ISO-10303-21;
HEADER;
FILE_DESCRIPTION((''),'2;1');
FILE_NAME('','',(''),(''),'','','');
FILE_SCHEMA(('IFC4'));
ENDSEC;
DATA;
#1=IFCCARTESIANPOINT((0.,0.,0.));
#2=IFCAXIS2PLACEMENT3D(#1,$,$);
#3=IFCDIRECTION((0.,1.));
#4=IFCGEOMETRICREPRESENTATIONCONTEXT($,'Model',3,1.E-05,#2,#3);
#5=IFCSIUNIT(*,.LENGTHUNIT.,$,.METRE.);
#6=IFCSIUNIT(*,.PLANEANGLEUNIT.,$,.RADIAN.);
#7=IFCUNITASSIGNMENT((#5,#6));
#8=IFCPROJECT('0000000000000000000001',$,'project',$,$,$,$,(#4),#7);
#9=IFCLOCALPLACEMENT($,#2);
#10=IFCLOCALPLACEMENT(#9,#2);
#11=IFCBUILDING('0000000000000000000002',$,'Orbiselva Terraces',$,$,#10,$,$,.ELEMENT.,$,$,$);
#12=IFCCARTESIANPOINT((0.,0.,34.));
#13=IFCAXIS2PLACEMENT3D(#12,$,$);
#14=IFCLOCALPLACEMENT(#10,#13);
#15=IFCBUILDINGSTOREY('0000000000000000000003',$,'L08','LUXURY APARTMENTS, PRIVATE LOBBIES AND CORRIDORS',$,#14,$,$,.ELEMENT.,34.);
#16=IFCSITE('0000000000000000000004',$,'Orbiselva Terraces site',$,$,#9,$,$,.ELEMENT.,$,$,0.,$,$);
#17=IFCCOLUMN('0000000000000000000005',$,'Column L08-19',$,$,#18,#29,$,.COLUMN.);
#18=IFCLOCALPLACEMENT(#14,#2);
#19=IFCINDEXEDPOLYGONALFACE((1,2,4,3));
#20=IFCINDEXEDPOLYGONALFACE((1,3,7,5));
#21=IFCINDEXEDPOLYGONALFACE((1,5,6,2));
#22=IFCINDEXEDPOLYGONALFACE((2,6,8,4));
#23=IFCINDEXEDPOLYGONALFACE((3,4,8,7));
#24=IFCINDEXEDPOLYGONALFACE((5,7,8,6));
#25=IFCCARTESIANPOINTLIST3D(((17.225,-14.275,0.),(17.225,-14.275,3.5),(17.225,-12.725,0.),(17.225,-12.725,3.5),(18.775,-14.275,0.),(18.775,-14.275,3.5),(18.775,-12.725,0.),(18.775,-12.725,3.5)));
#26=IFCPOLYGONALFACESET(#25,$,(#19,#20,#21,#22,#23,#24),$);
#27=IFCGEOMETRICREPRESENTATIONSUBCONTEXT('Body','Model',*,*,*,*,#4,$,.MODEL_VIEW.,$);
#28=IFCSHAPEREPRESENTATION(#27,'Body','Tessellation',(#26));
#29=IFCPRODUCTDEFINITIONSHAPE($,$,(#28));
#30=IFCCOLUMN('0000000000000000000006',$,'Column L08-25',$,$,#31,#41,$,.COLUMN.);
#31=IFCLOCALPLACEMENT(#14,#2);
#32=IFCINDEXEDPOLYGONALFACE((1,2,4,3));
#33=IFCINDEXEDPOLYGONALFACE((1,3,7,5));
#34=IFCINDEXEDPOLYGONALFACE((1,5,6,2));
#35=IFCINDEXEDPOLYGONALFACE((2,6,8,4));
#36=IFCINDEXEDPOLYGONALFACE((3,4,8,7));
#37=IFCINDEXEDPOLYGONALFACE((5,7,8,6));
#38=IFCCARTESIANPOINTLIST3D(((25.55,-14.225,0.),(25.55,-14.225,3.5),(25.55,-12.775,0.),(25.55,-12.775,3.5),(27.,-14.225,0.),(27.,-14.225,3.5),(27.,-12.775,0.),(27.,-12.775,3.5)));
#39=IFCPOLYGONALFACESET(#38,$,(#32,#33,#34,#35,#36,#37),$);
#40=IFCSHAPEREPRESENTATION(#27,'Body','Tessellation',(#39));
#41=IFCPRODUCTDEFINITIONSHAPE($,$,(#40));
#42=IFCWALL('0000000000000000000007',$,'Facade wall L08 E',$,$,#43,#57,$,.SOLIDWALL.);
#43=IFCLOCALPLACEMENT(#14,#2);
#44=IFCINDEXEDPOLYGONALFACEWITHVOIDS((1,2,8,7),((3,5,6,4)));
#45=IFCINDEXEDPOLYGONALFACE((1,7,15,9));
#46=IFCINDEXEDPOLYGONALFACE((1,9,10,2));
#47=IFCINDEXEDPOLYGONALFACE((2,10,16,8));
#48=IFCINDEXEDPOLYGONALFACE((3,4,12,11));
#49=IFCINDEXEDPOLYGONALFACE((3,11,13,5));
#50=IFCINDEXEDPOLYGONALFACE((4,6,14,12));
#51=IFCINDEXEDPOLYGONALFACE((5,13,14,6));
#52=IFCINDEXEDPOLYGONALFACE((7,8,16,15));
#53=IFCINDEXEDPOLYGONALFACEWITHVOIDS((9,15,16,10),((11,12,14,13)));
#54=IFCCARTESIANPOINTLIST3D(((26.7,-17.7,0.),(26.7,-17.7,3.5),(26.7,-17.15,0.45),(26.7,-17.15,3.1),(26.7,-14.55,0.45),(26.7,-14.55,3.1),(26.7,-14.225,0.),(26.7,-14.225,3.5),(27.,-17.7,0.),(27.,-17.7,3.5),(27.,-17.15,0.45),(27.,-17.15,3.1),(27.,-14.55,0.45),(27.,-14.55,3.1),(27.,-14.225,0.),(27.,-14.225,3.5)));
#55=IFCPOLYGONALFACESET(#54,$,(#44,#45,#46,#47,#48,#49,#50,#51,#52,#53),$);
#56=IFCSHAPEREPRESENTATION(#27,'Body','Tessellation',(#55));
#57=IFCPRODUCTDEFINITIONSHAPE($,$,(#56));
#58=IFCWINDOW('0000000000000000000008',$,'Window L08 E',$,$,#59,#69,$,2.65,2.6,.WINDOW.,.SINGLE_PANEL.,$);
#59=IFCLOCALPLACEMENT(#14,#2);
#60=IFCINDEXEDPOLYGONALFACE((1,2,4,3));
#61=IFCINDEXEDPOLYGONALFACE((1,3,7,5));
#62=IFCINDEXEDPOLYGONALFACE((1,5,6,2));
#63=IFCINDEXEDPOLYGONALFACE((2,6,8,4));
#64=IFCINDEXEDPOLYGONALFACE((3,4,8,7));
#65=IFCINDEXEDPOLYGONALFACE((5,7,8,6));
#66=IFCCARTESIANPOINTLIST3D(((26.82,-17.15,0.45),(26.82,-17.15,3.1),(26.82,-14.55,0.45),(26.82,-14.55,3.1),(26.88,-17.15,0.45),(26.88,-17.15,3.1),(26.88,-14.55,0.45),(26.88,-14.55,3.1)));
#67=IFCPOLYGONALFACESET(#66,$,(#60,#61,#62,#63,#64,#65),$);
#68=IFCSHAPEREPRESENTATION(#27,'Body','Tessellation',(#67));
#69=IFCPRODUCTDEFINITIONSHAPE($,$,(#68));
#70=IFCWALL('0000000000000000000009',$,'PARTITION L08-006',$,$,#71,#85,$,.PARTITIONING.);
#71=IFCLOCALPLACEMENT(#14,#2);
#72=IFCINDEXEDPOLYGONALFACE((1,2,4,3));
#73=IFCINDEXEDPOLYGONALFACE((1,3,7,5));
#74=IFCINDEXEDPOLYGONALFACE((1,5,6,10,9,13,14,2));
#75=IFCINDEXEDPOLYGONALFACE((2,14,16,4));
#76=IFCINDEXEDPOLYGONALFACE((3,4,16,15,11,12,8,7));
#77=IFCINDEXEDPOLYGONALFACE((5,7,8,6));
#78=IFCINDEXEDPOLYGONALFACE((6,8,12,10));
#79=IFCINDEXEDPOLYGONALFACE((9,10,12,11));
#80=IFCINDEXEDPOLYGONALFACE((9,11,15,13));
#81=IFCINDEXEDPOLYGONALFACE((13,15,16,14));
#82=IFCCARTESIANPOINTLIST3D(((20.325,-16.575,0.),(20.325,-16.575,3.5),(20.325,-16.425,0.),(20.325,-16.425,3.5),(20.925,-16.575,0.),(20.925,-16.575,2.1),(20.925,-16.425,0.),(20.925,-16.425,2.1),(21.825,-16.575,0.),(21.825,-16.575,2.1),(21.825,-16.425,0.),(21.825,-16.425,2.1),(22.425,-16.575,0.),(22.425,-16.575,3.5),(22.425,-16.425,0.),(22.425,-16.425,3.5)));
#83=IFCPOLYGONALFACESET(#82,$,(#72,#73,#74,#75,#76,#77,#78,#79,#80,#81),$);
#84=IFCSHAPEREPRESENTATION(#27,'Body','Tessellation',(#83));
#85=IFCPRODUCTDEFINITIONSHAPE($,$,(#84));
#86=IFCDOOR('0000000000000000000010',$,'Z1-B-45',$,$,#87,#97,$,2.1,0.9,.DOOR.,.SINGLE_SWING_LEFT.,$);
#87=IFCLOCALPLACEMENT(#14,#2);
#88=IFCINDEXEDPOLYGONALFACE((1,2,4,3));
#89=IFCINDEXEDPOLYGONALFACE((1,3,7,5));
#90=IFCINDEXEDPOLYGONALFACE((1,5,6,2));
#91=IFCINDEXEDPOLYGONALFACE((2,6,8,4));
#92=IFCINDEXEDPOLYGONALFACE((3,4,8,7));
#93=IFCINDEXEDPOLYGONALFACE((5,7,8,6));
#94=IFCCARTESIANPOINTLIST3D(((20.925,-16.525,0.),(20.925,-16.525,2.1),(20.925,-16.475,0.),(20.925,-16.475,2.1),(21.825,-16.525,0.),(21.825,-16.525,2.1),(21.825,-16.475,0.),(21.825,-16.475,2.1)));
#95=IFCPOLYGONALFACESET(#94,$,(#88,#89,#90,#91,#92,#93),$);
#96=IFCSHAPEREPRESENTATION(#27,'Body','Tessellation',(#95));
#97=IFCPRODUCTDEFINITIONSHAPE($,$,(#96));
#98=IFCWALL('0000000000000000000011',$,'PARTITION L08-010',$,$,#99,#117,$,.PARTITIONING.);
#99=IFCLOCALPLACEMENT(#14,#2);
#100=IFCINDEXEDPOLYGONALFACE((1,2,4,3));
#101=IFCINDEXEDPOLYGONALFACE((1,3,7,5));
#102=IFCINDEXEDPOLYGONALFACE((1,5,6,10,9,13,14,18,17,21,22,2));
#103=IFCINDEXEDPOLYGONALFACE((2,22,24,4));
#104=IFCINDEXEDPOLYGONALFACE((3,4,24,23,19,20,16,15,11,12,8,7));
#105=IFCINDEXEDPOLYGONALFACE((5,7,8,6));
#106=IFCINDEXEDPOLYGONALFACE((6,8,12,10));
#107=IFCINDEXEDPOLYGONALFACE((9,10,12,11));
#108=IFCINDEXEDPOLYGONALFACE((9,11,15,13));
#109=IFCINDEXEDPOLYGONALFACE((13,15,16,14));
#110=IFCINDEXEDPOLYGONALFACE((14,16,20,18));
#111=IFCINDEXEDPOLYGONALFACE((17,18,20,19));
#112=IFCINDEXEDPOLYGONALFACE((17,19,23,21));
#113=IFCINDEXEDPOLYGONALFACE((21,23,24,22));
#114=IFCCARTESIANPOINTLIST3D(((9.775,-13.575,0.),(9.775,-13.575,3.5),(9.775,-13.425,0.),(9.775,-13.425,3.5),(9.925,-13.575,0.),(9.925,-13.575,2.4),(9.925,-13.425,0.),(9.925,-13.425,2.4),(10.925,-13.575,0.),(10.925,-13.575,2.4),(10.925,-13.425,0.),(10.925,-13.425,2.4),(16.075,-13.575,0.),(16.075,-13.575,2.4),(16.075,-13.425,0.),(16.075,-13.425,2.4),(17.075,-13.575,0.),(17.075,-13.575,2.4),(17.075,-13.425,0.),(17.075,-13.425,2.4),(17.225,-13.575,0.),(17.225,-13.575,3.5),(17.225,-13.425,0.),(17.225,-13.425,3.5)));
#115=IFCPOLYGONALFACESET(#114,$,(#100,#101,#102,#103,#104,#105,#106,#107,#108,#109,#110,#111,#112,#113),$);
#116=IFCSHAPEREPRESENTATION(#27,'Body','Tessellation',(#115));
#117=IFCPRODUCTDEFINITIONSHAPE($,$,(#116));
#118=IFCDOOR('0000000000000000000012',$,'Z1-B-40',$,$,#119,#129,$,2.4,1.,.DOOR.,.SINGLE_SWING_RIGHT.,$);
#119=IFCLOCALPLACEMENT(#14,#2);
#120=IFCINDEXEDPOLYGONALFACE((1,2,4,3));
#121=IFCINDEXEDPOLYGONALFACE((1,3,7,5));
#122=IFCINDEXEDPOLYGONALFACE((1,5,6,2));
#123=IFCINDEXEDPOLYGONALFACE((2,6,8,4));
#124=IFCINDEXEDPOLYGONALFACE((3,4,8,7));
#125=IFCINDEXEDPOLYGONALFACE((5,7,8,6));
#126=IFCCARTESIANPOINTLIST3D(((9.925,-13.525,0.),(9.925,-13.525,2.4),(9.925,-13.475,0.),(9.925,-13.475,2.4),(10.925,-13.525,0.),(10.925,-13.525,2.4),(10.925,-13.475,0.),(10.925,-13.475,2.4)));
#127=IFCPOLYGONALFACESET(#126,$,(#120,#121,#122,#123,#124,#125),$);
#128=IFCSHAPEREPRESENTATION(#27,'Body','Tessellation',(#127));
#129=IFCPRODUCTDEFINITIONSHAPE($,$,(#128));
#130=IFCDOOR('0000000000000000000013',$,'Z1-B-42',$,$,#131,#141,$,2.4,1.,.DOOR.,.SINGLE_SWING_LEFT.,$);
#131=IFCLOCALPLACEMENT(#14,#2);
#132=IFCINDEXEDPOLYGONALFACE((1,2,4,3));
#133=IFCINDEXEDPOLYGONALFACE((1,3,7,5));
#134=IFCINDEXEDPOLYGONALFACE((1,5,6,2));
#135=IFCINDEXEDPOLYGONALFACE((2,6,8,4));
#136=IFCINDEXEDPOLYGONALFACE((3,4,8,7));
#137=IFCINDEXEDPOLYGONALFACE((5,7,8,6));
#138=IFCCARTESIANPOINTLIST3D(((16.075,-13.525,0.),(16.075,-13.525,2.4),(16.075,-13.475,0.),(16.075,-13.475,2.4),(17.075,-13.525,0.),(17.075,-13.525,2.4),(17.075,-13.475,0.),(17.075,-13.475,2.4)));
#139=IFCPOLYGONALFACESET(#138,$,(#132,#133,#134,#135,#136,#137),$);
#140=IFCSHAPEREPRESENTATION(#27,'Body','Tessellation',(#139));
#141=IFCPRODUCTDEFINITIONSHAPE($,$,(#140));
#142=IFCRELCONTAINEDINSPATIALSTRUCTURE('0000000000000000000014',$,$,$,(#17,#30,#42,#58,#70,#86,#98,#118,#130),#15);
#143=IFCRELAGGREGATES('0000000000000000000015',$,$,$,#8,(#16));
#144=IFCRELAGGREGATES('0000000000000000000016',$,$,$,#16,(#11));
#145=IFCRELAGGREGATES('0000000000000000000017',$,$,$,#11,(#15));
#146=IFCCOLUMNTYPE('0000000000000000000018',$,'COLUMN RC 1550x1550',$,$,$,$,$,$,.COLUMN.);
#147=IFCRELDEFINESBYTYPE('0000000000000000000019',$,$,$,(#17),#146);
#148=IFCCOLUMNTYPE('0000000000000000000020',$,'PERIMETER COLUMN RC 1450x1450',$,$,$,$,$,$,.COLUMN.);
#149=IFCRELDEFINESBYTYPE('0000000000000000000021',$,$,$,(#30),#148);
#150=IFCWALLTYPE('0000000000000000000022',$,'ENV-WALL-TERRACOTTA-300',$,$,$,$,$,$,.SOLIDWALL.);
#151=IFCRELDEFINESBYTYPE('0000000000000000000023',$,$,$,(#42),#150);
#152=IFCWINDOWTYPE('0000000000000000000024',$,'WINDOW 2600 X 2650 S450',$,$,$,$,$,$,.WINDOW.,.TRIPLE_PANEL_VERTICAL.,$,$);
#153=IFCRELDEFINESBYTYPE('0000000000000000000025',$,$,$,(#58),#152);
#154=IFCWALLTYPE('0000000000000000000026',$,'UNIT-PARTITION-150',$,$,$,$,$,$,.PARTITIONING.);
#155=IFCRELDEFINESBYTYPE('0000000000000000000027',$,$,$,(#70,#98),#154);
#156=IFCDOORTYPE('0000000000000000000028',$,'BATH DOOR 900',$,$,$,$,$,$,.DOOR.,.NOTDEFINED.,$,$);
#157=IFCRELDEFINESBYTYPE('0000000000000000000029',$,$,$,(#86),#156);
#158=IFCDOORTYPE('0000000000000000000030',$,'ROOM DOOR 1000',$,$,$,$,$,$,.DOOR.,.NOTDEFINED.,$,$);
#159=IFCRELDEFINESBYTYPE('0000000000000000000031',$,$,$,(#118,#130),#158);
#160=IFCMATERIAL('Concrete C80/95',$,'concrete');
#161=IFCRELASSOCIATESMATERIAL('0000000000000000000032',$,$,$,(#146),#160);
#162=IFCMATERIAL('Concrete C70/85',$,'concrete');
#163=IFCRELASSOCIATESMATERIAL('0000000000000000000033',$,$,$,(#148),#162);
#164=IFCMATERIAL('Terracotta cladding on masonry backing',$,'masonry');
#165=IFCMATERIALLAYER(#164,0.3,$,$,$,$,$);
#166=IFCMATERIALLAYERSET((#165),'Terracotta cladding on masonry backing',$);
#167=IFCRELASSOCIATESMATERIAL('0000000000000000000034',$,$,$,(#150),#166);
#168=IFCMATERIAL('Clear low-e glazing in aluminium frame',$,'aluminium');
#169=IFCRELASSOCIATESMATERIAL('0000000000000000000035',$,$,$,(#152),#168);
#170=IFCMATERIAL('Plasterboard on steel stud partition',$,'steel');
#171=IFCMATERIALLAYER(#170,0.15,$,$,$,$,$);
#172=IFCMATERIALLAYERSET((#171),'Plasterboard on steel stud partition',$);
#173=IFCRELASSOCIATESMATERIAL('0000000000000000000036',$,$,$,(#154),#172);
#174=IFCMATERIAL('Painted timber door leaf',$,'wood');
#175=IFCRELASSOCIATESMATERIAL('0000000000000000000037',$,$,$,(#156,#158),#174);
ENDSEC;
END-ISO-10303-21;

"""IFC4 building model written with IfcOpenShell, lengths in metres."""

from ifc_helpers import new_model, si_unit, direction, frame, frame_2d, origin, origin_2d, place, context, subcontext, project, spatial, rectangle, extrude, material, layer, layer_set, material_profile, profile_set, type_object, element, fill, save


model = new_model("IFC4")

# Units and contexts
model_context = context("Model", 3, precision=1e-05, world=origin(), true_north=direction((0.0, 1.0)))
body_context = subcontext(model_context, "Body", "Model", "MODEL_VIEW")
ifc_project = project(units=[si_unit("LENGTHUNIT", "METRE"), si_unit("PLANEANGLEUNIT", "RADIAN")], contexts=[model_context])

# Site, building, storey
site_placement = place(None, origin())
site = spatial("IfcSite", under=ifc_project, at=site_placement, Name="Orbiselva Terraces site", CompositionType="ELEMENT", RefElevation=0.0)
building_placement = place(site_placement, origin())
building = spatial("IfcBuilding", under=site, at=building_placement, Name="Orbiselva Terraces", CompositionType="ELEMENT")
storey_placement = place(building_placement, frame((0.0, 0.0, 34.0)))
storey = spatial("IfcBuildingStorey", under=building, at=storey_placement, Name="L08", Description="LUXURY APARTMENTS, PRIVATE LOBBIES AND CORRIDORS", CompositionType="ELEMENT", Elevation=34.0)

# Columns
ifc_material_1 = material(Name="Concrete C80/95", Category="concrete")
ifc_material_profile_1 = material_profile(ifc_material_1, rectangle(XDim=1.55, YDim=1.55, at=origin_2d()), Name="RC 1550x1550")
ifc_profile_set_1 = profile_set([ifc_material_profile_1], Name="Concrete C80/95")
column_type_1 = type_object("IfcColumnType", Name="COLUMN RC 1550x1550", PredefinedType="COLUMN", material=ifc_profile_set_1)
column_1_placement = place(storey_placement, frame((18.0, -13.5, 0.0), z_axis=(0.0, 0.0, 1.0), x_axis=(1.0, 0.0, 0.0)))
element("IfcColumn", 1, at=column_1_placement, inside=storey, type_object=column_type_1, Name="Column L08-19", PredefinedType="COLUMN", context=body_context, shape_type="SweptSolid", body=[
    extrude(rectangle(XDim=1.55, YDim=1.55, at=origin_2d()), origin(), (0.0, 0.0, 1.0), 3.5),
])
ifc_material_2 = material(Name="Concrete C70/85", Category="concrete")
ifc_material_profile_2 = material_profile(ifc_material_2, rectangle(XDim=1.45, YDim=1.45, at=origin_2d()), Name="RC 1450x1450")
ifc_profile_set_2 = profile_set([ifc_material_profile_2], Name="Concrete C70/85")
column_type_2 = type_object("IfcColumnType", Name="PERIMETER COLUMN RC 1450x1450", PredefinedType="COLUMN", material=ifc_profile_set_2)
column_2_placement = place(storey_placement, frame((26.275, -13.5, 0.0), z_axis=(0.0, 0.0, 1.0), x_axis=(1.0, 0.0, 0.0)))
element("IfcColumn", 2, at=column_2_placement, inside=storey, type_object=column_type_2, Name="Column L08-25", PredefinedType="COLUMN", context=body_context, shape_type="SweptSolid", body=[
    extrude(rectangle(XDim=1.45, YDim=1.45, at=origin_2d()), origin(), (0.0, 0.0, 1.0), 3.5),
])

# Wall, opening, window
ifc_material_3 = material(Name="Terracotta cladding on masonry backing", Category="masonry")
ifc_layer_1 = layer(ifc_material_3, 0.3)
ifc_layer_set_1 = layer_set([ifc_layer_1], Name="Terracotta cladding on masonry backing")
wall_type_1 = type_object("IfcWallType", Name="ENV-WALL-TERRACOTTA-300", PredefinedType="SOLIDWALL", material=ifc_layer_set_1)
wall_1_placement = place(storey_placement, frame((26.85, -14.225, 0.0), z_axis=(0.0, 0.0, 1.0), x_axis=(0.0, -1.0, 0.0)))
wall_1 = element("IfcWall", 3, at=wall_1_placement, inside=storey, type_object=wall_type_1, Name="Facade wall L08 E", PredefinedType="SOLIDWALL", context=body_context, shape_type="SweptSolid", body=[
    extrude(rectangle(XDim=3.475, YDim=0.3, at=frame_2d((1.7375, 0.0))), origin(), (0.0, 0.0, 1.0), 3.5),
])
opening_1_placement = place(wall_1_placement, frame((0.325, 0.0, 0.45)))
opening_1 = element("IfcOpeningElement", 4, at=opening_1_placement, cuts=wall_1, PredefinedType="OPENING", context=body_context, shape_type="SweptSolid", body=[
    extrude(rectangle(XDim=2.6, YDim=2.65, at=frame_2d((1.3, 1.325))), frame((0.0, 0.16, 0.0), z_axis=(0.0, -1.0, 0.0), x_axis=(1.0, 0.0, 0.0)), (0.0, 0.0, 1.0), 0.32),
])
ifc_material_4 = material(Name="Clear low-e glazing in aluminium frame", Category="aluminium")
window_type = type_object("IfcWindowType", Name="WINDOW 2600 X 2650 S450", PartitioningType="TRIPLE_PANEL_VERTICAL", PredefinedType="WINDOW", material=ifc_material_4)
window_placement = place(opening_1_placement, origin())
window = element("IfcWindow", 5, at=window_placement, inside=storey, type_object=window_type, Name="Window L08 E", OverallHeight=2.65, OverallWidth=2.6, PartitioningType="SINGLE_PANEL", PredefinedType="WINDOW", context=body_context, shape_type="SweptSolid", body=[
    extrude(rectangle(XDim=2.6, YDim=2.65, at=frame_2d((1.3, 1.325))), frame((0.0, 0.03, 0.0), z_axis=(0.0, -1.0, 0.0), x_axis=(1.0, 0.0, 0.0)), (0.0, 0.0, 1.0), 0.06),
])
fill(opening_1, window)

# Wall, opening, door
ifc_material_5 = material(Name="Plasterboard on steel stud partition", Category="steel")
ifc_layer_2 = layer(ifc_material_5, 0.15)
ifc_layer_set_2 = layer_set([ifc_layer_2], Name="Plasterboard on steel stud partition")
wall_type_2 = type_object("IfcWallType", Name="UNIT-PARTITION-150", PredefinedType="PARTITIONING", material=ifc_layer_set_2)
wall_2_placement = place(storey_placement, frame((20.325, -16.5, 0.0), z_axis=(0.0, 0.0, 1.0), x_axis=(1.0, 0.0, 0.0)))
wall_2 = element("IfcWall", 6, at=wall_2_placement, inside=storey, type_object=wall_type_2, Name="PARTITION L08-006", PredefinedType="PARTITIONING", context=body_context, shape_type="SweptSolid", body=[
    extrude(rectangle(XDim=2.1, YDim=0.15, at=frame_2d((1.05, 0.0))), origin(), (0.0, 0.0, 1.0), 3.5),
])
opening_2_placement = place(wall_2_placement, frame((0.6, 0.0, 0.0)))
opening_2 = element("IfcOpeningElement", 7, at=opening_2_placement, cuts=wall_2, PredefinedType="OPENING", context=body_context, shape_type="SweptSolid", body=[
    extrude(rectangle(XDim=0.9, YDim=2.1, at=frame_2d((0.45, 1.05))), frame((0.0, 0.085, 0.0), z_axis=(0.0, -1.0, 0.0), x_axis=(1.0, 0.0, 0.0)), (0.0, 0.0, 1.0), 0.17),
])
ifc_material_6 = material(Name="Painted timber door leaf", Category="wood")
door_type_1 = type_object("IfcDoorType", Name="BATH DOOR 900", OperationType="NOTDEFINED", PredefinedType="DOOR", material=ifc_material_6)
door_1_placement = place(opening_2_placement, origin())
door_1 = element("IfcDoor", 8, at=door_1_placement, inside=storey, type_object=door_type_1, Name="Z1-B-45", OperationType="SINGLE_SWING_LEFT", OverallHeight=2.1, OverallWidth=0.9, PredefinedType="DOOR", context=body_context, shape_type="SweptSolid", body=[
    extrude(rectangle(XDim=0.9, YDim=2.1, at=frame_2d((0.45, 1.05))), frame((0.0, 0.025, 0.0), z_axis=(0.0, -1.0, 0.0), x_axis=(1.0, 0.0, 0.0)), (0.0, 0.0, 1.0), 0.05),
])
fill(opening_2, door_1)

# Wall, openings, doors
wall_3_placement = place(storey_placement, frame((17.225, -13.5, 0.0), z_axis=(0.0, 0.0, 1.0), x_axis=(-1.0, 0.0, 0.0)))
wall_3 = element("IfcWall", 9, at=wall_3_placement, inside=storey, type_object=wall_type_2, Name="PARTITION L08-010", PredefinedType="PARTITIONING", context=body_context, shape_type="SweptSolid", body=[
    extrude(rectangle(XDim=7.45, YDim=0.15, at=frame_2d((3.725, 0.0))), origin(), (0.0, 0.0, 1.0), 3.5),
])
opening_3_placement = place(wall_3_placement, frame((6.3, 0.0, 0.0)))
opening_3 = element("IfcOpeningElement", 10, at=opening_3_placement, cuts=wall_3, PredefinedType="OPENING", context=body_context, shape_type="SweptSolid", body=[
    extrude(rectangle(XDim=1.0, YDim=2.4, at=frame_2d((0.5, 1.2))), frame((0.0, 0.085, 0.0), z_axis=(0.0, -1.0, 0.0), x_axis=(1.0, 0.0, 0.0)), (0.0, 0.0, 1.0), 0.17),
])
opening_4_placement = place(wall_3_placement, frame((0.15, 0.0, 0.0)))
opening_4 = element("IfcOpeningElement", 11, at=opening_4_placement, cuts=wall_3, PredefinedType="OPENING", context=body_context, shape_type="SweptSolid", body=[
    extrude(rectangle(XDim=1.0, YDim=2.4, at=frame_2d((0.5, 1.2))), frame((0.0, 0.085, 0.0), z_axis=(0.0, -1.0, 0.0), x_axis=(1.0, 0.0, 0.0)), (0.0, 0.0, 1.0), 0.17),
])
door_type_2 = type_object("IfcDoorType", Name="ROOM DOOR 1000", OperationType="NOTDEFINED", PredefinedType="DOOR", material=ifc_material_6)
door_2_placement = place(opening_3_placement, origin())
door_2 = element("IfcDoor", 12, at=door_2_placement, inside=storey, type_object=door_type_2, Name="Z1-B-40", OperationType="SINGLE_SWING_RIGHT", OverallHeight=2.4, OverallWidth=1.0, PredefinedType="DOOR", context=body_context, shape_type="SweptSolid", body=[
    extrude(rectangle(XDim=1.0, YDim=2.4, at=frame_2d((0.5, 1.2))), frame((0.0, 0.025, 0.0), z_axis=(0.0, -1.0, 0.0), x_axis=(1.0, 0.0, 0.0)), (0.0, 0.0, 1.0), 0.05),
])
fill(opening_3, door_2)
door_3_placement = place(opening_4_placement, origin())
door_3 = element("IfcDoor", 13, at=door_3_placement, inside=storey, type_object=door_type_2, Name="Z1-B-42", OperationType="SINGLE_SWING_LEFT", OverallHeight=2.4, OverallWidth=1.0, PredefinedType="DOOR", context=body_context, shape_type="SweptSolid", body=[
    extrude(rectangle(XDim=1.0, YDim=2.4, at=frame_2d((0.5, 1.2))), frame((0.0, 0.025, 0.0), z_axis=(0.0, -1.0, 0.0), x_axis=(1.0, 0.0, 0.0)), (0.0, 0.0, 1.0), 0.05),
])
fill(opening_4, door_3)

save(model, "model.ifc")
